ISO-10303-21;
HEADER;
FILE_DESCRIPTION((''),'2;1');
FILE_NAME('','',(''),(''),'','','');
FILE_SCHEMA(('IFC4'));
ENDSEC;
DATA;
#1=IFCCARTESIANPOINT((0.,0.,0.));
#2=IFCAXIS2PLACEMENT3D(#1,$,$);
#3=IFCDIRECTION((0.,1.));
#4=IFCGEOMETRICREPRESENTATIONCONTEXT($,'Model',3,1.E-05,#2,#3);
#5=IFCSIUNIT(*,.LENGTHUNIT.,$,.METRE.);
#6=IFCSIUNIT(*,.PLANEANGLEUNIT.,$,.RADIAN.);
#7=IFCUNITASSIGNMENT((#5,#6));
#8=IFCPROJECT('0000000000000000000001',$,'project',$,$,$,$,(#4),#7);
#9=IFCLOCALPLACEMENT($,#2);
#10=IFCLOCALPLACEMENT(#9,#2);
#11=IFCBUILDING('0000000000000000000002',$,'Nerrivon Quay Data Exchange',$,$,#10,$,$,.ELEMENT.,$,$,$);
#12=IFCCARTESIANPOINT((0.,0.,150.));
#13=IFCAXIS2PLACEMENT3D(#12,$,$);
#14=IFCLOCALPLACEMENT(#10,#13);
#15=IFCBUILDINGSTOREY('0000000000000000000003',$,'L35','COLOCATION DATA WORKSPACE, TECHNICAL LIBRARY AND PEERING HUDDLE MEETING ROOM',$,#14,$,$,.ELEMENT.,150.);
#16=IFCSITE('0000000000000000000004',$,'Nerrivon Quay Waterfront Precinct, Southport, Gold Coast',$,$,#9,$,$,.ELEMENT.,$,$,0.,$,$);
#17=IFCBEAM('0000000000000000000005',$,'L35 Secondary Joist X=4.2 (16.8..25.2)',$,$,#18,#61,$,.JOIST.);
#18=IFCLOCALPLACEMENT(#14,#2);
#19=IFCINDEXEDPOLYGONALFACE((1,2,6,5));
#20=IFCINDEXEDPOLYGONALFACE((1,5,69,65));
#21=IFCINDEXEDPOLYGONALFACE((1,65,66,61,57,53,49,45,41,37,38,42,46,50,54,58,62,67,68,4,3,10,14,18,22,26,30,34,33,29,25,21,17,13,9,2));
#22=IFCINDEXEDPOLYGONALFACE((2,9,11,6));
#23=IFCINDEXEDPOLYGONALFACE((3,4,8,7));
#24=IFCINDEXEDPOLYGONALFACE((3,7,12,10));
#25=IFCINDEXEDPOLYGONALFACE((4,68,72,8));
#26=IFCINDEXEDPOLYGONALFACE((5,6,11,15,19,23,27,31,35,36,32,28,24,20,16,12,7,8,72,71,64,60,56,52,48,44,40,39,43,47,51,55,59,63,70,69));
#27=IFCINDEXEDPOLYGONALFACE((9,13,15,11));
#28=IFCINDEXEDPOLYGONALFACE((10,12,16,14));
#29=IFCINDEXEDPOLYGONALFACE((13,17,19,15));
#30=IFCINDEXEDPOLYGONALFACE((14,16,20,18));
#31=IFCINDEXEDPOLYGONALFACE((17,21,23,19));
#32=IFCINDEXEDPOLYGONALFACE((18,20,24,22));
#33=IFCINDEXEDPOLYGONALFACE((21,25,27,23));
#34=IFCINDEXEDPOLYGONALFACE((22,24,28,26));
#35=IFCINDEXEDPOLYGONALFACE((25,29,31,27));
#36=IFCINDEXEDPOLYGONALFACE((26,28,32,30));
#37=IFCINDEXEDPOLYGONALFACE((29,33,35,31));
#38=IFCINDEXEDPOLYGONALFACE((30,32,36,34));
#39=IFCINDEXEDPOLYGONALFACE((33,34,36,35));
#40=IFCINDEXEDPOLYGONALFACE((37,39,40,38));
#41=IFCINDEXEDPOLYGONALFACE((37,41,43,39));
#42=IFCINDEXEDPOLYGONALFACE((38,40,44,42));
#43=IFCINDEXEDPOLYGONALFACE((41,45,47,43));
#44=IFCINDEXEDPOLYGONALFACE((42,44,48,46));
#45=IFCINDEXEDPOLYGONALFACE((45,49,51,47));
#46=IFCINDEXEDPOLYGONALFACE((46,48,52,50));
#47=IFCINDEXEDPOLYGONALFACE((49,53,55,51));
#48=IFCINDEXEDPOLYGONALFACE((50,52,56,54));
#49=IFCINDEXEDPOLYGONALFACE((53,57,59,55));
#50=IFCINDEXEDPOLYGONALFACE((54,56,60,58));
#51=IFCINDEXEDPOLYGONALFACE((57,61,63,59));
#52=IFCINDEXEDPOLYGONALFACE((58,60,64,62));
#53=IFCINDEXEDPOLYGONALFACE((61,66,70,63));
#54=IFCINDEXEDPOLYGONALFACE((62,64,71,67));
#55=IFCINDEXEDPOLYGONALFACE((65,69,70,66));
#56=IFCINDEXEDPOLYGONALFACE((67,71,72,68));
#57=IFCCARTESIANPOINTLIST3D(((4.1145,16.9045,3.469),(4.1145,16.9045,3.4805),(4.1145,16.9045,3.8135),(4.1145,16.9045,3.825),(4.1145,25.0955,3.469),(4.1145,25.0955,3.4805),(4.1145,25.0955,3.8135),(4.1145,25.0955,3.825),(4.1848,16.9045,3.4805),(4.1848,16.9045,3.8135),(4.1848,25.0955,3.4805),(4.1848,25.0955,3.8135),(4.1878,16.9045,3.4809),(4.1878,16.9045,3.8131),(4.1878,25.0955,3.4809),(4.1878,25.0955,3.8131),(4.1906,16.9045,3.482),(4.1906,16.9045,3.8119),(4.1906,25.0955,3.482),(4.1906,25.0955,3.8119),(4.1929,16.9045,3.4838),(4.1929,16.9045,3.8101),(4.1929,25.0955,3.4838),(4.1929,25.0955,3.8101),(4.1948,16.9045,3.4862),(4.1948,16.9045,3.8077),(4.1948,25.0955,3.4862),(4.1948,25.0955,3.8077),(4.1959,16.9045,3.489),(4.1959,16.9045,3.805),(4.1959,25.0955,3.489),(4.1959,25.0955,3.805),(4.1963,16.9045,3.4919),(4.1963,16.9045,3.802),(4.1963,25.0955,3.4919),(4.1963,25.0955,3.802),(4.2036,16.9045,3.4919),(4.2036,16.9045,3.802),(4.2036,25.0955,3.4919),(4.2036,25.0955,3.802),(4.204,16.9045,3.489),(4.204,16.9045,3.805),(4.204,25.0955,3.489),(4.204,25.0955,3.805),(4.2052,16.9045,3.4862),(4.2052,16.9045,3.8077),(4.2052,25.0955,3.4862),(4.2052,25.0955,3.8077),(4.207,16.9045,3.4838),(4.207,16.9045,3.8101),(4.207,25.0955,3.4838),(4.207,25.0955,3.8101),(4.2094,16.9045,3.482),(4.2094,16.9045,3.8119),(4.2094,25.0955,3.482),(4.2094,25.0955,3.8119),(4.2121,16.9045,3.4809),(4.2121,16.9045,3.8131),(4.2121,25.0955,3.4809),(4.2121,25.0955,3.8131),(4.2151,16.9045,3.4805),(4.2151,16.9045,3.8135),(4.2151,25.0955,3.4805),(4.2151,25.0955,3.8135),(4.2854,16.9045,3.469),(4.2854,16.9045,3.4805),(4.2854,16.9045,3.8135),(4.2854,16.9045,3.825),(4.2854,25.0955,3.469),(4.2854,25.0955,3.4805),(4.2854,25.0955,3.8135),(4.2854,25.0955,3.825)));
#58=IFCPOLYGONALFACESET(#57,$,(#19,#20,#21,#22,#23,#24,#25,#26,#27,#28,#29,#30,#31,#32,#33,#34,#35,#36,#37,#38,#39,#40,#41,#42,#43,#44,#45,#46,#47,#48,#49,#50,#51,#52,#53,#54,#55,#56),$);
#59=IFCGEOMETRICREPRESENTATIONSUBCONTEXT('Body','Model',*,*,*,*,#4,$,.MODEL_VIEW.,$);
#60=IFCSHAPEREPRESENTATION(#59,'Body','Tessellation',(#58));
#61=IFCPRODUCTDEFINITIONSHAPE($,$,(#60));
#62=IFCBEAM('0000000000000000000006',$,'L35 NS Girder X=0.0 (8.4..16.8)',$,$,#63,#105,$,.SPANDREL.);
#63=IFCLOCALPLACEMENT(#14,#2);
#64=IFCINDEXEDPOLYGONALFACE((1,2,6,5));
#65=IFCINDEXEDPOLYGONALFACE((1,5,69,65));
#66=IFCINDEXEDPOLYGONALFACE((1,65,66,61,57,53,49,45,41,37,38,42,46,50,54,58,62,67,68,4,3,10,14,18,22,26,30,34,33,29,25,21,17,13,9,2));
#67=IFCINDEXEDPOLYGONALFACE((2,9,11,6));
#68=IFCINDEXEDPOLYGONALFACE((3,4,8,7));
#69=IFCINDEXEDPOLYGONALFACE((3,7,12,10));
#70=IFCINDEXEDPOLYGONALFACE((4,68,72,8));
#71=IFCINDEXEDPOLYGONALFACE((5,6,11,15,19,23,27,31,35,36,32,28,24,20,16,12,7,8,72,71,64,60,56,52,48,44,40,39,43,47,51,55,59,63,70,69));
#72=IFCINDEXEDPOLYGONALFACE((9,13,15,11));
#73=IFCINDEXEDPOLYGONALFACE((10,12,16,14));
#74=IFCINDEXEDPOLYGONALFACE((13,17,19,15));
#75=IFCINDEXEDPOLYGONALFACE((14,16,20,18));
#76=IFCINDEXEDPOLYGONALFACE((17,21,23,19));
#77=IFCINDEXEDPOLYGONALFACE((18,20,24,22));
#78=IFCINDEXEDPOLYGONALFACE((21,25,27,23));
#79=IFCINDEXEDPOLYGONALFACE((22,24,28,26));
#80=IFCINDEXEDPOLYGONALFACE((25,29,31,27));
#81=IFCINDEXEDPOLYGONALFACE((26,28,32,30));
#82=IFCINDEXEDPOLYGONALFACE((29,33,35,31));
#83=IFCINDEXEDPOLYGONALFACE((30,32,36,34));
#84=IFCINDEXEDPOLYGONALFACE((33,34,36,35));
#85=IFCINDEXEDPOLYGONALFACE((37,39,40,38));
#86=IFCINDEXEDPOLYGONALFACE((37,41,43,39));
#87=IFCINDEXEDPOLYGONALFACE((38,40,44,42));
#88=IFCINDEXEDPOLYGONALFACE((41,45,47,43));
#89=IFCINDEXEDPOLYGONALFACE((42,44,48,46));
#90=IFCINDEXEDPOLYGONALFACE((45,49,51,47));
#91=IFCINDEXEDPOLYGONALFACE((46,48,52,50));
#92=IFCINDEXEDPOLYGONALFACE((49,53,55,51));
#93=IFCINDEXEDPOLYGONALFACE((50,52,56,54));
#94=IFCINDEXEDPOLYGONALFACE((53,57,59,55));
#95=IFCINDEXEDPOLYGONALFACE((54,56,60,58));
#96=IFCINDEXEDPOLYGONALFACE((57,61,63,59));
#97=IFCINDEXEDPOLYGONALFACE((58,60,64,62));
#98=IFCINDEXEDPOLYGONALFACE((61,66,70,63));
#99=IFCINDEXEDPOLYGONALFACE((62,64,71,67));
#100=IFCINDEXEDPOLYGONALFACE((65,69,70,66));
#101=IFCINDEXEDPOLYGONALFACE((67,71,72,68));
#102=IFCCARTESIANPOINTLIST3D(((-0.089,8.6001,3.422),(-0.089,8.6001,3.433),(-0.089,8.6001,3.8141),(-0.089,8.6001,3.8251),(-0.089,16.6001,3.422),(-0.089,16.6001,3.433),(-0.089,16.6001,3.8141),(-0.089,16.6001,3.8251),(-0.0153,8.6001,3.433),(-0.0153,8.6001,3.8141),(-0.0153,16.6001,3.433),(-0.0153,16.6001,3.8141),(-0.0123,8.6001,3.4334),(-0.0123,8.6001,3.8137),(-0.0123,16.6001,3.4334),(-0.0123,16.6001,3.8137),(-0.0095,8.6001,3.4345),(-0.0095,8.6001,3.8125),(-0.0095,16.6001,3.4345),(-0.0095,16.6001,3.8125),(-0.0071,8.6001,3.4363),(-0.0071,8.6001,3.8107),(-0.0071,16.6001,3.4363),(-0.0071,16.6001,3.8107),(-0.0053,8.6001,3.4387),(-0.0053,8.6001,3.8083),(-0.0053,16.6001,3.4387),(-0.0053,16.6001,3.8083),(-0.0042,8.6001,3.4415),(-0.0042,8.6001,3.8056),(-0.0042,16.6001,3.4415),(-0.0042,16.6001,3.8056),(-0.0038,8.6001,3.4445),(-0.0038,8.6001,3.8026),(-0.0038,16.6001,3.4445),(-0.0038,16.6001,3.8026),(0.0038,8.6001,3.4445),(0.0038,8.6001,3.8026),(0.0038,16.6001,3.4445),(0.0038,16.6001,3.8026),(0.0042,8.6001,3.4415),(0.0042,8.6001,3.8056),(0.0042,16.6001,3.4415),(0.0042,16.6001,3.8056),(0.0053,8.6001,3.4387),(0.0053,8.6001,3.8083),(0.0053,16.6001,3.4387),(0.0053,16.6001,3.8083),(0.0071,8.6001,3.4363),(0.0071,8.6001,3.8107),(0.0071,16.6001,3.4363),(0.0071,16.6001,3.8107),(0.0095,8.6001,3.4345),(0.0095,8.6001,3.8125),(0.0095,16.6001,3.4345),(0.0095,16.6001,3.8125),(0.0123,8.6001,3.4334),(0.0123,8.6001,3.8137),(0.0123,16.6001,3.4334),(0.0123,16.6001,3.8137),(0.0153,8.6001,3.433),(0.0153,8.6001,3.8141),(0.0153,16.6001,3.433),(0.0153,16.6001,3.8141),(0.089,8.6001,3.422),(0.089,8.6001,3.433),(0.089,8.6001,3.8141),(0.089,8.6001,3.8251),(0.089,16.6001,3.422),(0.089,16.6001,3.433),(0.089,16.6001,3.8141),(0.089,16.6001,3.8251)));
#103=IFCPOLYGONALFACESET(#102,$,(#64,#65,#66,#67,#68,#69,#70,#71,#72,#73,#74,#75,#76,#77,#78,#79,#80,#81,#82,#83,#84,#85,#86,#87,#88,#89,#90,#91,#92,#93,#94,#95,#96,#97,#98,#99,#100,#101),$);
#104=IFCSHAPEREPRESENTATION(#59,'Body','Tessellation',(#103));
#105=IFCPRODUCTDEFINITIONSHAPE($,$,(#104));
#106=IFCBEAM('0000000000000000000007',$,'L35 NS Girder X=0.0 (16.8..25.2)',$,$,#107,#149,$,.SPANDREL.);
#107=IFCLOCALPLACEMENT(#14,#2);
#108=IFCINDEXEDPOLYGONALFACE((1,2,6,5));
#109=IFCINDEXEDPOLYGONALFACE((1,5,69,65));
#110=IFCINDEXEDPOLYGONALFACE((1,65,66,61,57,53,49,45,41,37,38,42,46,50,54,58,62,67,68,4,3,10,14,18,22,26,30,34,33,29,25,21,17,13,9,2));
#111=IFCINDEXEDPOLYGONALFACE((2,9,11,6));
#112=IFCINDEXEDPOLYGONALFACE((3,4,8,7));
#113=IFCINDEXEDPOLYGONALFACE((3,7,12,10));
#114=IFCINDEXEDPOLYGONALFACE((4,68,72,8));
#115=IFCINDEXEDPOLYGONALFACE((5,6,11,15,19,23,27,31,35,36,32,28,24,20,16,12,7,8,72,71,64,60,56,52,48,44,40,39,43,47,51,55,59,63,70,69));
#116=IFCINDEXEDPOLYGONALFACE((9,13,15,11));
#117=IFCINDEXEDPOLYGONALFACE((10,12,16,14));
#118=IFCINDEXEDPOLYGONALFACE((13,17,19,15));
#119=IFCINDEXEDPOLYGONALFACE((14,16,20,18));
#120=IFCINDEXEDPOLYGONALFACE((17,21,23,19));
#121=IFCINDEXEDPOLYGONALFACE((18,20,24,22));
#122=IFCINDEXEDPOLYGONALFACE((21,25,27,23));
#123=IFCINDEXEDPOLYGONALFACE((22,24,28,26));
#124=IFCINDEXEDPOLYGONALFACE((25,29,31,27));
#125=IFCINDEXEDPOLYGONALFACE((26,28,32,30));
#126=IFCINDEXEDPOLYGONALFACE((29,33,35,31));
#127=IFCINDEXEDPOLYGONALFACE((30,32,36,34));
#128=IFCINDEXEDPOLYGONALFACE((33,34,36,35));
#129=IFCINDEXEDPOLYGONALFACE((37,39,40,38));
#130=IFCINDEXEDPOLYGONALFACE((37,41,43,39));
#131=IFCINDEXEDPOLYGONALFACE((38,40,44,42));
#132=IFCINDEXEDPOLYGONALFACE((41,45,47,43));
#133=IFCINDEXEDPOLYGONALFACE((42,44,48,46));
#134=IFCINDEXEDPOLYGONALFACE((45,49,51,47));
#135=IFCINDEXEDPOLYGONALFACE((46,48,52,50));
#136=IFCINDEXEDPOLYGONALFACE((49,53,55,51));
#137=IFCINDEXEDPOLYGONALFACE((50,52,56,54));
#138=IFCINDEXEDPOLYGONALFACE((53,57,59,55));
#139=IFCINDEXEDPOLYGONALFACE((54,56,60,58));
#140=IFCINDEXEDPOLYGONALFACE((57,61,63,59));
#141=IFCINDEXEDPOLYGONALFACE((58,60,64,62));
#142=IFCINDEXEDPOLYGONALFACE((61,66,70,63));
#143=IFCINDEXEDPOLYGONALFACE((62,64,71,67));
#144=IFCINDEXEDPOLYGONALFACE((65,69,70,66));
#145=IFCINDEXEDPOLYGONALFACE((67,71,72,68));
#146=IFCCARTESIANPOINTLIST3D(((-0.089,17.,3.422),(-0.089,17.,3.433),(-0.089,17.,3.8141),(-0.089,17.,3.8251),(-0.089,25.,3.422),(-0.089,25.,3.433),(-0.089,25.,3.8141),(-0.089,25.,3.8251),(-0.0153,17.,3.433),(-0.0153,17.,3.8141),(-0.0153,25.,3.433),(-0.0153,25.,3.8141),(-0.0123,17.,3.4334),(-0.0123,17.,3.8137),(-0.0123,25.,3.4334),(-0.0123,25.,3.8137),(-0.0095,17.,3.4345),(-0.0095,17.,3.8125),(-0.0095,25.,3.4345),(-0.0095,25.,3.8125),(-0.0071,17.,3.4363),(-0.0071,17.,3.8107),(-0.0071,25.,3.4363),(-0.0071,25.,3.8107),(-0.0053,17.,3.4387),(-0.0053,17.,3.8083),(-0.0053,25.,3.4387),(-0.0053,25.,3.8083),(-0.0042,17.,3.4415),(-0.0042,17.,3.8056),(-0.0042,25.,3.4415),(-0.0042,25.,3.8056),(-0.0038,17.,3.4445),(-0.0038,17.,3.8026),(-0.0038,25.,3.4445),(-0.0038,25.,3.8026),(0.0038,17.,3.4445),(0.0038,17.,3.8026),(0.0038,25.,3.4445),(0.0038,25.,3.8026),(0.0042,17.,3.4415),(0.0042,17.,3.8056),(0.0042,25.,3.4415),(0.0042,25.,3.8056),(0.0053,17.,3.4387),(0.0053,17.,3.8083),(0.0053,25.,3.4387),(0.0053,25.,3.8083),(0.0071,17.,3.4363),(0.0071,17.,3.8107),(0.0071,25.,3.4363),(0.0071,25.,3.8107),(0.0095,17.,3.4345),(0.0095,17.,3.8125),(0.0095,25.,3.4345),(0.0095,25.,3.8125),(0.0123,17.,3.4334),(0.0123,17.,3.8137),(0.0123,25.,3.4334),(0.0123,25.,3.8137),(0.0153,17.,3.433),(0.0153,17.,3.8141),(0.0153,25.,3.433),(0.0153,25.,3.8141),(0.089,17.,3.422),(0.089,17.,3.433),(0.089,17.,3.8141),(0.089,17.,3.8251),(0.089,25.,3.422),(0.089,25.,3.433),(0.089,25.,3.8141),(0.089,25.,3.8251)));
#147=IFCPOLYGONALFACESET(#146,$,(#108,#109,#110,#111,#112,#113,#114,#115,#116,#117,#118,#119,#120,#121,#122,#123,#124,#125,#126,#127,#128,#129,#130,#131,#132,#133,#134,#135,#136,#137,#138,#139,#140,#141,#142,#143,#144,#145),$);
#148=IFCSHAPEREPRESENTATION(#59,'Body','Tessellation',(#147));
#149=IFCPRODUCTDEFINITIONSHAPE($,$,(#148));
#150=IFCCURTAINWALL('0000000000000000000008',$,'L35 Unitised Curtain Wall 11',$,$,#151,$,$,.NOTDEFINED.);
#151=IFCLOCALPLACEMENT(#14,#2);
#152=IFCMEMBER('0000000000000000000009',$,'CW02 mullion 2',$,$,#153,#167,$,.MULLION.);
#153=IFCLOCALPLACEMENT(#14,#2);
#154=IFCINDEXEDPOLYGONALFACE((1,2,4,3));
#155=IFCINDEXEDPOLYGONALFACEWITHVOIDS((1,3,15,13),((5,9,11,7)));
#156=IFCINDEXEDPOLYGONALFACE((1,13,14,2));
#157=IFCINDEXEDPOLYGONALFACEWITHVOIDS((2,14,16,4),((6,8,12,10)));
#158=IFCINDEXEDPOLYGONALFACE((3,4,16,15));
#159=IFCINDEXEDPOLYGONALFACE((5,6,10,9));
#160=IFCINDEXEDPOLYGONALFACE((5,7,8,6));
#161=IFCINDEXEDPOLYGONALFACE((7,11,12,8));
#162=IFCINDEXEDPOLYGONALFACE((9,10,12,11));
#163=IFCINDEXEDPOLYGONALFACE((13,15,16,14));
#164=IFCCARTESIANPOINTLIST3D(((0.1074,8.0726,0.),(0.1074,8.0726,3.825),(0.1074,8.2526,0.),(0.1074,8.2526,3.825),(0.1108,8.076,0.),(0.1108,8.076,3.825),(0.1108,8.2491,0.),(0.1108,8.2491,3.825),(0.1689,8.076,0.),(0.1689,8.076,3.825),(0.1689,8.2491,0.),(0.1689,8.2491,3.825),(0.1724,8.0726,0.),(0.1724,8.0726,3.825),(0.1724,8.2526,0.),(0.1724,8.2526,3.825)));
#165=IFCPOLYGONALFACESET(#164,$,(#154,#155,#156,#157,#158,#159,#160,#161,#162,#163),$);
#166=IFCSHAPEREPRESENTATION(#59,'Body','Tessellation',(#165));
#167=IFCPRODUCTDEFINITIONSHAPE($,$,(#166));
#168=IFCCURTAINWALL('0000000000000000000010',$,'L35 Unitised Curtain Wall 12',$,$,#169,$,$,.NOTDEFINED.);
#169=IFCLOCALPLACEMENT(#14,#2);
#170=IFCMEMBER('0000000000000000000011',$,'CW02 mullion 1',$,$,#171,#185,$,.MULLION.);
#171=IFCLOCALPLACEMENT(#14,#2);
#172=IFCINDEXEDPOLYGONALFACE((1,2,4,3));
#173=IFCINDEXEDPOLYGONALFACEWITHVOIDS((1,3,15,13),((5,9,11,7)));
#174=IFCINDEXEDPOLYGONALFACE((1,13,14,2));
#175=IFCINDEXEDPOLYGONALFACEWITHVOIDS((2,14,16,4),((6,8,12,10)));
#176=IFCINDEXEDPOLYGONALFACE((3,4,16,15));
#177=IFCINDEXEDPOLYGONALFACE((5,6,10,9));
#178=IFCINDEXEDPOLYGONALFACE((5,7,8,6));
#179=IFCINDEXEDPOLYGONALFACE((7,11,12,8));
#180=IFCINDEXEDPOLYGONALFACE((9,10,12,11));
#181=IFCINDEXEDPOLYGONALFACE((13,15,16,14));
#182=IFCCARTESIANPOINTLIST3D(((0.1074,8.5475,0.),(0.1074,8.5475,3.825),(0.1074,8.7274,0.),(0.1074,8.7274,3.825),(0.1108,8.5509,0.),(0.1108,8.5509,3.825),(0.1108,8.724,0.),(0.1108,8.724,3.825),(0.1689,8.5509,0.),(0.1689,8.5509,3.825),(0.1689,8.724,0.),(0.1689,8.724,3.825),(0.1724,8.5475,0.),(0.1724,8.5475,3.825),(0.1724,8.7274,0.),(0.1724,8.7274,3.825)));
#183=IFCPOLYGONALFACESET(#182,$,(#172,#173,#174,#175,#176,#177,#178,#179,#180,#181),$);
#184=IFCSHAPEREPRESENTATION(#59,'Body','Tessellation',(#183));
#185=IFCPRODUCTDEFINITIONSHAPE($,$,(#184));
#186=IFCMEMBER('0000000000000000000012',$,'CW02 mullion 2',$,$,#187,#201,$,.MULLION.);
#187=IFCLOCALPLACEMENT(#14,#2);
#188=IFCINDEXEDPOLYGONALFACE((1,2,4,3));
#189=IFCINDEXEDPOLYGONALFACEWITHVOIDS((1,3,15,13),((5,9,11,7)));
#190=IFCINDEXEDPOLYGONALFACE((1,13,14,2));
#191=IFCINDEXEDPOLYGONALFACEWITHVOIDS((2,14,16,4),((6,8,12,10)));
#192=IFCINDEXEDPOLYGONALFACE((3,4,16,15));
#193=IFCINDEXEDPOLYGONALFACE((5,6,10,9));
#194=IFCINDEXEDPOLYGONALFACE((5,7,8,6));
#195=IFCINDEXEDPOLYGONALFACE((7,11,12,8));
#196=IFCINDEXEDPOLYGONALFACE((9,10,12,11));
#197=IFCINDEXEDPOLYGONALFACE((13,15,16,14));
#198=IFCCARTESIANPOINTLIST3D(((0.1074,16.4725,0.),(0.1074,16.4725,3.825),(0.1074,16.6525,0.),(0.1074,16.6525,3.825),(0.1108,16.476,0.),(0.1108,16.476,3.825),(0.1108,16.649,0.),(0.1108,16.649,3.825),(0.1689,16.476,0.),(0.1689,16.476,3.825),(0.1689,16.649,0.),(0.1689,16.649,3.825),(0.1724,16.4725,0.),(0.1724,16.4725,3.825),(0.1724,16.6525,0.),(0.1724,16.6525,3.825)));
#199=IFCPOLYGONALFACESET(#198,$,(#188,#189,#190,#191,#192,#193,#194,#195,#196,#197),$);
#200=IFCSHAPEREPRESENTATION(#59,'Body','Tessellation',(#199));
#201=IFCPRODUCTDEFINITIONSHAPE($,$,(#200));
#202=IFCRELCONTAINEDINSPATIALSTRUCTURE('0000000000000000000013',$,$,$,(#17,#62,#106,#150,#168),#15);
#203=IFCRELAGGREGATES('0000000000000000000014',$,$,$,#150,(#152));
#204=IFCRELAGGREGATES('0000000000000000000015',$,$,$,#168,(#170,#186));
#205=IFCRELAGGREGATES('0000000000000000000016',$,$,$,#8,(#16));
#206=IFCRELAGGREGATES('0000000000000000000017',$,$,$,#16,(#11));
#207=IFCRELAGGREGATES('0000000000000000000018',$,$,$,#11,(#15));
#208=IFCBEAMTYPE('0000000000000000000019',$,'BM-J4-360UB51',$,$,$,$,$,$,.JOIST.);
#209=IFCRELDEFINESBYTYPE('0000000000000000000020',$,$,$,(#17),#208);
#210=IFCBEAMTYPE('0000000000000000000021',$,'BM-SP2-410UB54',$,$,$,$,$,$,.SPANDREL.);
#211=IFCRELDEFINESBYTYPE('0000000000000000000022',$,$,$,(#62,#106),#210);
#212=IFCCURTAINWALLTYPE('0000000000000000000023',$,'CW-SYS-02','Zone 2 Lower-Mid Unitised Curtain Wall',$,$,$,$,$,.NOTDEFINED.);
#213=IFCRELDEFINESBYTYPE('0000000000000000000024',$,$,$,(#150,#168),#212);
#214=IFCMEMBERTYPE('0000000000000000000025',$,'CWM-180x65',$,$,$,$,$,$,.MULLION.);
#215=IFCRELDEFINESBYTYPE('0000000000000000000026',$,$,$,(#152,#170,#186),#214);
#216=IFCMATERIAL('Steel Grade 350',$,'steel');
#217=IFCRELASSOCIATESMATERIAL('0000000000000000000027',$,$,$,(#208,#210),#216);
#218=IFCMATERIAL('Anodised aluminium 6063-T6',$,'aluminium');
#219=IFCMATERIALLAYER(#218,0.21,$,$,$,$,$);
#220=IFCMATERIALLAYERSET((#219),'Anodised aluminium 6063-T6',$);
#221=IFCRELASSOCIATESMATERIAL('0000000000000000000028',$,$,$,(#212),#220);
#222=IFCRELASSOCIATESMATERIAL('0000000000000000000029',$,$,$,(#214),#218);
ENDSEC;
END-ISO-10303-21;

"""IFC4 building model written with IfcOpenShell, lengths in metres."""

from ifc_helpers import new_model, si_unit, direction, frame, origin, origin_2d, place, context, subcontext, project, spatial, hollow_rectangle, i_section, extrude, material, layer, layer_set, material_profile, profile_set, type_object, element, aggregate, save


model = new_model("IFC4")

# Units and contexts
model_context = context("Model", 3, precision=1e-05, world=origin(), true_north=direction((0.0, 1.0)))
body_context = subcontext(model_context, "Body", "Model", "MODEL_VIEW")
ifc_project = project(units=[si_unit("LENGTHUNIT", "METRE"), si_unit("PLANEANGLEUNIT", "RADIAN")], contexts=[model_context])

# Site, building, storey
site_placement = place(None, origin())
site = spatial("IfcSite", under=ifc_project, at=site_placement, Name="Nerrivon Quay Waterfront Precinct, Southport, Gold Coast", CompositionType="ELEMENT", RefElevation=0.0)
building_placement = place(site_placement, origin())
building = spatial("IfcBuilding", under=site, at=building_placement, Name="Nerrivon Quay Data Exchange", CompositionType="ELEMENT")
storey_placement = place(building_placement, frame((0.0, 0.0, 150.0)))
storey = spatial("IfcBuildingStorey", under=building, at=storey_placement, Name="L35", Description="COLOCATION DATA WORKSPACE, TECHNICAL LIBRARY AND PEERING HUDDLE MEETING ROOM", CompositionType="ELEMENT", Elevation=150.0)

# Shared definitions
ifc_material_1 = material(Name="Steel Grade 350", Category="steel")

# Beams
ifc_material_profile_1 = material_profile(ifc_material_1, i_section(OverallWidth=0.1709, OverallDepth=0.356, WebThickness=0.0073, FlangeThickness=0.0115, FilletRadius=0.0115, at=origin_2d()), Name="360UB50.7")
ifc_profile_set_1 = profile_set([ifc_material_profile_1], Name="Steel Grade 350")
beam_type_1 = type_object("IfcBeamType", Name="BM-J4-360UB51", PredefinedType="JOIST", material=ifc_profile_set_1)
beam_1_placement = place(storey_placement, frame((4.2, 16.9045, 3.647), z_axis=(0.0, 1.0, 0.0), x_axis=(-1.0, 0.0, 0.0)))
element("IfcBeam", 1, at=beam_1_placement, inside=storey, type_object=beam_type_1, Name="L35 Secondary Joist X=4.2 (16.8..25.2)", PredefinedType="JOIST", context=body_context, shape_type="SweptSolid", body=[
    extrude(i_section(OverallWidth=0.1709, OverallDepth=0.356, WebThickness=0.0073, FlangeThickness=0.0115, FilletRadius=0.0115, at=origin_2d()), origin(), (0.0, 0.0, 1.0), 8.1909),
])
ifc_material_profile_2 = material_profile(ifc_material_1, i_section(OverallWidth=0.178, OverallDepth=0.4031, WebThickness=0.0076, FlangeThickness=0.011, FilletRadius=0.0115, at=origin_2d()), Name="410UB53.7")
ifc_profile_set_2 = profile_set([ifc_material_profile_2], Name="Steel Grade 350")
beam_type_2 = type_object("IfcBeamType", Name="BM-SP2-410UB54", PredefinedType="SPANDREL", material=ifc_profile_set_2)
for number, where, z_axis, x_axis, name in (
    (2, (0.0, 8.6001, 3.6235), (0.0, 1.0, 0.0), (-1.0, 0.0, 0.0), "L35 NS Girder X=0.0 (8.4..16.8)"),
    (3, (0.0, 17.0, 3.6235), (0.0, 1.0, 0.0), (-1.0, 0.0, 0.0), "L35 NS Girder X=0.0 (16.8..25.2)"),
):
    element("IfcBeam", number, at=place(storey_placement, frame(where, z_axis=z_axis, x_axis=x_axis)), inside=storey, type_object=beam_type_2, Name=name, PredefinedType="SPANDREL", context=body_context, shape_type="SweptSolid", body=[
        extrude(i_section(OverallWidth=0.178, OverallDepth=0.4031, WebThickness=0.0076, FlangeThickness=0.011, FilletRadius=0.0115, at=origin_2d()), origin(), (0.0, 0.0, 1.0), 8.0),
    ])

# Curtain wall, member
ifc_material_2 = material(Name="Anodised aluminium 6063-T6", Category="aluminium")
ifc_layer_1 = layer(ifc_material_2, 0.21)
ifc_layer_set_1 = layer_set([ifc_layer_1], Name="Anodised aluminium 6063-T6")
curtain_wall_type = type_object("IfcCurtainWallType", Name="CW-SYS-02", Description="Zone 2 Lower-Mid Unitised Curtain Wall", PredefinedType="NOTDEFINED", material=ifc_layer_set_1)
curtain_wall_1_placement = place(storey_placement, origin())
curtain_wall_1 = element("IfcCurtainWall", 4, at=curtain_wall_1_placement, inside=storey, type_object=curtain_wall_type, Name="L35 Unitised Curtain Wall 11", PredefinedType="NOTDEFINED")
ifc_material_profile_3 = material_profile(ifc_material_2, hollow_rectangle(XDim=0.0649, YDim=0.1799, WallThickness=0.0034, at=origin_2d()), Name="ALU-MULL-180x65")
ifc_profile_set_3 = profile_set([ifc_material_profile_3], Name="Anodised aluminium 6063-T6")
member_type_1 = type_object("IfcMemberType", Name="CWM-180x65", PredefinedType="MULLION", material=ifc_profile_set_3)
member_1_placement = place(storey_placement, frame((0.1399, 8.1626, 0.0), z_axis=(0.0, 0.0, 1.0), x_axis=(-1.0, 0.0, 0.0)))
member_1 = element("IfcMember", 5, at=member_1_placement, type_object=member_type_1, Name="CW02 mullion 2", PredefinedType="MULLION", context=body_context, shape_type="SweptSolid", body=[
    extrude(hollow_rectangle(XDim=0.0649, YDim=0.1799, WallThickness=0.0034, at=origin_2d()), origin(), (0.0, 0.0, 1.0), 3.825),
])

# Curtain wall, members
curtain_wall_2_placement = place(storey_placement, origin())
curtain_wall_2 = element("IfcCurtainWall", 6, at=curtain_wall_2_placement, inside=storey, type_object=curtain_wall_type, Name="L35 Unitised Curtain Wall 12", PredefinedType="NOTDEFINED")
member_2_placement = place(storey_placement, frame((0.1399, 8.6375, 0.0), z_axis=(0.0, 0.0, 1.0), x_axis=(-1.0, 0.0, 0.0)))
member_2 = element("IfcMember", 7, at=member_2_placement, type_object=member_type_1, Name="CW02 mullion 1", PredefinedType="MULLION", context=body_context, shape_type="SweptSolid", body=[
    extrude(hollow_rectangle(XDim=0.0649, YDim=0.1799, WallThickness=0.0034, at=origin_2d()), origin(), (0.0, 0.0, 1.0), 3.825),
])
member_3_placement = place(storey_placement, frame((0.1399, 16.5625, 0.0), z_axis=(0.0, 0.0, 1.0), x_axis=(-1.0, 0.0, 0.0)))
member_3 = element("IfcMember", 8, at=member_3_placement, type_object=member_type_1, Name="CW02 mullion 2", PredefinedType="MULLION", context=body_context, shape_type="SweptSolid", body=[
    extrude(hollow_rectangle(XDim=0.0649, YDim=0.1799, WallThickness=0.0034, at=origin_2d()), origin(), (0.0, 0.0, 1.0), 3.825),
])

aggregate(curtain_wall_1, [member_1])
aggregate(curtain_wall_2, [member_2, member_3])

save(model, "model.ifc")
